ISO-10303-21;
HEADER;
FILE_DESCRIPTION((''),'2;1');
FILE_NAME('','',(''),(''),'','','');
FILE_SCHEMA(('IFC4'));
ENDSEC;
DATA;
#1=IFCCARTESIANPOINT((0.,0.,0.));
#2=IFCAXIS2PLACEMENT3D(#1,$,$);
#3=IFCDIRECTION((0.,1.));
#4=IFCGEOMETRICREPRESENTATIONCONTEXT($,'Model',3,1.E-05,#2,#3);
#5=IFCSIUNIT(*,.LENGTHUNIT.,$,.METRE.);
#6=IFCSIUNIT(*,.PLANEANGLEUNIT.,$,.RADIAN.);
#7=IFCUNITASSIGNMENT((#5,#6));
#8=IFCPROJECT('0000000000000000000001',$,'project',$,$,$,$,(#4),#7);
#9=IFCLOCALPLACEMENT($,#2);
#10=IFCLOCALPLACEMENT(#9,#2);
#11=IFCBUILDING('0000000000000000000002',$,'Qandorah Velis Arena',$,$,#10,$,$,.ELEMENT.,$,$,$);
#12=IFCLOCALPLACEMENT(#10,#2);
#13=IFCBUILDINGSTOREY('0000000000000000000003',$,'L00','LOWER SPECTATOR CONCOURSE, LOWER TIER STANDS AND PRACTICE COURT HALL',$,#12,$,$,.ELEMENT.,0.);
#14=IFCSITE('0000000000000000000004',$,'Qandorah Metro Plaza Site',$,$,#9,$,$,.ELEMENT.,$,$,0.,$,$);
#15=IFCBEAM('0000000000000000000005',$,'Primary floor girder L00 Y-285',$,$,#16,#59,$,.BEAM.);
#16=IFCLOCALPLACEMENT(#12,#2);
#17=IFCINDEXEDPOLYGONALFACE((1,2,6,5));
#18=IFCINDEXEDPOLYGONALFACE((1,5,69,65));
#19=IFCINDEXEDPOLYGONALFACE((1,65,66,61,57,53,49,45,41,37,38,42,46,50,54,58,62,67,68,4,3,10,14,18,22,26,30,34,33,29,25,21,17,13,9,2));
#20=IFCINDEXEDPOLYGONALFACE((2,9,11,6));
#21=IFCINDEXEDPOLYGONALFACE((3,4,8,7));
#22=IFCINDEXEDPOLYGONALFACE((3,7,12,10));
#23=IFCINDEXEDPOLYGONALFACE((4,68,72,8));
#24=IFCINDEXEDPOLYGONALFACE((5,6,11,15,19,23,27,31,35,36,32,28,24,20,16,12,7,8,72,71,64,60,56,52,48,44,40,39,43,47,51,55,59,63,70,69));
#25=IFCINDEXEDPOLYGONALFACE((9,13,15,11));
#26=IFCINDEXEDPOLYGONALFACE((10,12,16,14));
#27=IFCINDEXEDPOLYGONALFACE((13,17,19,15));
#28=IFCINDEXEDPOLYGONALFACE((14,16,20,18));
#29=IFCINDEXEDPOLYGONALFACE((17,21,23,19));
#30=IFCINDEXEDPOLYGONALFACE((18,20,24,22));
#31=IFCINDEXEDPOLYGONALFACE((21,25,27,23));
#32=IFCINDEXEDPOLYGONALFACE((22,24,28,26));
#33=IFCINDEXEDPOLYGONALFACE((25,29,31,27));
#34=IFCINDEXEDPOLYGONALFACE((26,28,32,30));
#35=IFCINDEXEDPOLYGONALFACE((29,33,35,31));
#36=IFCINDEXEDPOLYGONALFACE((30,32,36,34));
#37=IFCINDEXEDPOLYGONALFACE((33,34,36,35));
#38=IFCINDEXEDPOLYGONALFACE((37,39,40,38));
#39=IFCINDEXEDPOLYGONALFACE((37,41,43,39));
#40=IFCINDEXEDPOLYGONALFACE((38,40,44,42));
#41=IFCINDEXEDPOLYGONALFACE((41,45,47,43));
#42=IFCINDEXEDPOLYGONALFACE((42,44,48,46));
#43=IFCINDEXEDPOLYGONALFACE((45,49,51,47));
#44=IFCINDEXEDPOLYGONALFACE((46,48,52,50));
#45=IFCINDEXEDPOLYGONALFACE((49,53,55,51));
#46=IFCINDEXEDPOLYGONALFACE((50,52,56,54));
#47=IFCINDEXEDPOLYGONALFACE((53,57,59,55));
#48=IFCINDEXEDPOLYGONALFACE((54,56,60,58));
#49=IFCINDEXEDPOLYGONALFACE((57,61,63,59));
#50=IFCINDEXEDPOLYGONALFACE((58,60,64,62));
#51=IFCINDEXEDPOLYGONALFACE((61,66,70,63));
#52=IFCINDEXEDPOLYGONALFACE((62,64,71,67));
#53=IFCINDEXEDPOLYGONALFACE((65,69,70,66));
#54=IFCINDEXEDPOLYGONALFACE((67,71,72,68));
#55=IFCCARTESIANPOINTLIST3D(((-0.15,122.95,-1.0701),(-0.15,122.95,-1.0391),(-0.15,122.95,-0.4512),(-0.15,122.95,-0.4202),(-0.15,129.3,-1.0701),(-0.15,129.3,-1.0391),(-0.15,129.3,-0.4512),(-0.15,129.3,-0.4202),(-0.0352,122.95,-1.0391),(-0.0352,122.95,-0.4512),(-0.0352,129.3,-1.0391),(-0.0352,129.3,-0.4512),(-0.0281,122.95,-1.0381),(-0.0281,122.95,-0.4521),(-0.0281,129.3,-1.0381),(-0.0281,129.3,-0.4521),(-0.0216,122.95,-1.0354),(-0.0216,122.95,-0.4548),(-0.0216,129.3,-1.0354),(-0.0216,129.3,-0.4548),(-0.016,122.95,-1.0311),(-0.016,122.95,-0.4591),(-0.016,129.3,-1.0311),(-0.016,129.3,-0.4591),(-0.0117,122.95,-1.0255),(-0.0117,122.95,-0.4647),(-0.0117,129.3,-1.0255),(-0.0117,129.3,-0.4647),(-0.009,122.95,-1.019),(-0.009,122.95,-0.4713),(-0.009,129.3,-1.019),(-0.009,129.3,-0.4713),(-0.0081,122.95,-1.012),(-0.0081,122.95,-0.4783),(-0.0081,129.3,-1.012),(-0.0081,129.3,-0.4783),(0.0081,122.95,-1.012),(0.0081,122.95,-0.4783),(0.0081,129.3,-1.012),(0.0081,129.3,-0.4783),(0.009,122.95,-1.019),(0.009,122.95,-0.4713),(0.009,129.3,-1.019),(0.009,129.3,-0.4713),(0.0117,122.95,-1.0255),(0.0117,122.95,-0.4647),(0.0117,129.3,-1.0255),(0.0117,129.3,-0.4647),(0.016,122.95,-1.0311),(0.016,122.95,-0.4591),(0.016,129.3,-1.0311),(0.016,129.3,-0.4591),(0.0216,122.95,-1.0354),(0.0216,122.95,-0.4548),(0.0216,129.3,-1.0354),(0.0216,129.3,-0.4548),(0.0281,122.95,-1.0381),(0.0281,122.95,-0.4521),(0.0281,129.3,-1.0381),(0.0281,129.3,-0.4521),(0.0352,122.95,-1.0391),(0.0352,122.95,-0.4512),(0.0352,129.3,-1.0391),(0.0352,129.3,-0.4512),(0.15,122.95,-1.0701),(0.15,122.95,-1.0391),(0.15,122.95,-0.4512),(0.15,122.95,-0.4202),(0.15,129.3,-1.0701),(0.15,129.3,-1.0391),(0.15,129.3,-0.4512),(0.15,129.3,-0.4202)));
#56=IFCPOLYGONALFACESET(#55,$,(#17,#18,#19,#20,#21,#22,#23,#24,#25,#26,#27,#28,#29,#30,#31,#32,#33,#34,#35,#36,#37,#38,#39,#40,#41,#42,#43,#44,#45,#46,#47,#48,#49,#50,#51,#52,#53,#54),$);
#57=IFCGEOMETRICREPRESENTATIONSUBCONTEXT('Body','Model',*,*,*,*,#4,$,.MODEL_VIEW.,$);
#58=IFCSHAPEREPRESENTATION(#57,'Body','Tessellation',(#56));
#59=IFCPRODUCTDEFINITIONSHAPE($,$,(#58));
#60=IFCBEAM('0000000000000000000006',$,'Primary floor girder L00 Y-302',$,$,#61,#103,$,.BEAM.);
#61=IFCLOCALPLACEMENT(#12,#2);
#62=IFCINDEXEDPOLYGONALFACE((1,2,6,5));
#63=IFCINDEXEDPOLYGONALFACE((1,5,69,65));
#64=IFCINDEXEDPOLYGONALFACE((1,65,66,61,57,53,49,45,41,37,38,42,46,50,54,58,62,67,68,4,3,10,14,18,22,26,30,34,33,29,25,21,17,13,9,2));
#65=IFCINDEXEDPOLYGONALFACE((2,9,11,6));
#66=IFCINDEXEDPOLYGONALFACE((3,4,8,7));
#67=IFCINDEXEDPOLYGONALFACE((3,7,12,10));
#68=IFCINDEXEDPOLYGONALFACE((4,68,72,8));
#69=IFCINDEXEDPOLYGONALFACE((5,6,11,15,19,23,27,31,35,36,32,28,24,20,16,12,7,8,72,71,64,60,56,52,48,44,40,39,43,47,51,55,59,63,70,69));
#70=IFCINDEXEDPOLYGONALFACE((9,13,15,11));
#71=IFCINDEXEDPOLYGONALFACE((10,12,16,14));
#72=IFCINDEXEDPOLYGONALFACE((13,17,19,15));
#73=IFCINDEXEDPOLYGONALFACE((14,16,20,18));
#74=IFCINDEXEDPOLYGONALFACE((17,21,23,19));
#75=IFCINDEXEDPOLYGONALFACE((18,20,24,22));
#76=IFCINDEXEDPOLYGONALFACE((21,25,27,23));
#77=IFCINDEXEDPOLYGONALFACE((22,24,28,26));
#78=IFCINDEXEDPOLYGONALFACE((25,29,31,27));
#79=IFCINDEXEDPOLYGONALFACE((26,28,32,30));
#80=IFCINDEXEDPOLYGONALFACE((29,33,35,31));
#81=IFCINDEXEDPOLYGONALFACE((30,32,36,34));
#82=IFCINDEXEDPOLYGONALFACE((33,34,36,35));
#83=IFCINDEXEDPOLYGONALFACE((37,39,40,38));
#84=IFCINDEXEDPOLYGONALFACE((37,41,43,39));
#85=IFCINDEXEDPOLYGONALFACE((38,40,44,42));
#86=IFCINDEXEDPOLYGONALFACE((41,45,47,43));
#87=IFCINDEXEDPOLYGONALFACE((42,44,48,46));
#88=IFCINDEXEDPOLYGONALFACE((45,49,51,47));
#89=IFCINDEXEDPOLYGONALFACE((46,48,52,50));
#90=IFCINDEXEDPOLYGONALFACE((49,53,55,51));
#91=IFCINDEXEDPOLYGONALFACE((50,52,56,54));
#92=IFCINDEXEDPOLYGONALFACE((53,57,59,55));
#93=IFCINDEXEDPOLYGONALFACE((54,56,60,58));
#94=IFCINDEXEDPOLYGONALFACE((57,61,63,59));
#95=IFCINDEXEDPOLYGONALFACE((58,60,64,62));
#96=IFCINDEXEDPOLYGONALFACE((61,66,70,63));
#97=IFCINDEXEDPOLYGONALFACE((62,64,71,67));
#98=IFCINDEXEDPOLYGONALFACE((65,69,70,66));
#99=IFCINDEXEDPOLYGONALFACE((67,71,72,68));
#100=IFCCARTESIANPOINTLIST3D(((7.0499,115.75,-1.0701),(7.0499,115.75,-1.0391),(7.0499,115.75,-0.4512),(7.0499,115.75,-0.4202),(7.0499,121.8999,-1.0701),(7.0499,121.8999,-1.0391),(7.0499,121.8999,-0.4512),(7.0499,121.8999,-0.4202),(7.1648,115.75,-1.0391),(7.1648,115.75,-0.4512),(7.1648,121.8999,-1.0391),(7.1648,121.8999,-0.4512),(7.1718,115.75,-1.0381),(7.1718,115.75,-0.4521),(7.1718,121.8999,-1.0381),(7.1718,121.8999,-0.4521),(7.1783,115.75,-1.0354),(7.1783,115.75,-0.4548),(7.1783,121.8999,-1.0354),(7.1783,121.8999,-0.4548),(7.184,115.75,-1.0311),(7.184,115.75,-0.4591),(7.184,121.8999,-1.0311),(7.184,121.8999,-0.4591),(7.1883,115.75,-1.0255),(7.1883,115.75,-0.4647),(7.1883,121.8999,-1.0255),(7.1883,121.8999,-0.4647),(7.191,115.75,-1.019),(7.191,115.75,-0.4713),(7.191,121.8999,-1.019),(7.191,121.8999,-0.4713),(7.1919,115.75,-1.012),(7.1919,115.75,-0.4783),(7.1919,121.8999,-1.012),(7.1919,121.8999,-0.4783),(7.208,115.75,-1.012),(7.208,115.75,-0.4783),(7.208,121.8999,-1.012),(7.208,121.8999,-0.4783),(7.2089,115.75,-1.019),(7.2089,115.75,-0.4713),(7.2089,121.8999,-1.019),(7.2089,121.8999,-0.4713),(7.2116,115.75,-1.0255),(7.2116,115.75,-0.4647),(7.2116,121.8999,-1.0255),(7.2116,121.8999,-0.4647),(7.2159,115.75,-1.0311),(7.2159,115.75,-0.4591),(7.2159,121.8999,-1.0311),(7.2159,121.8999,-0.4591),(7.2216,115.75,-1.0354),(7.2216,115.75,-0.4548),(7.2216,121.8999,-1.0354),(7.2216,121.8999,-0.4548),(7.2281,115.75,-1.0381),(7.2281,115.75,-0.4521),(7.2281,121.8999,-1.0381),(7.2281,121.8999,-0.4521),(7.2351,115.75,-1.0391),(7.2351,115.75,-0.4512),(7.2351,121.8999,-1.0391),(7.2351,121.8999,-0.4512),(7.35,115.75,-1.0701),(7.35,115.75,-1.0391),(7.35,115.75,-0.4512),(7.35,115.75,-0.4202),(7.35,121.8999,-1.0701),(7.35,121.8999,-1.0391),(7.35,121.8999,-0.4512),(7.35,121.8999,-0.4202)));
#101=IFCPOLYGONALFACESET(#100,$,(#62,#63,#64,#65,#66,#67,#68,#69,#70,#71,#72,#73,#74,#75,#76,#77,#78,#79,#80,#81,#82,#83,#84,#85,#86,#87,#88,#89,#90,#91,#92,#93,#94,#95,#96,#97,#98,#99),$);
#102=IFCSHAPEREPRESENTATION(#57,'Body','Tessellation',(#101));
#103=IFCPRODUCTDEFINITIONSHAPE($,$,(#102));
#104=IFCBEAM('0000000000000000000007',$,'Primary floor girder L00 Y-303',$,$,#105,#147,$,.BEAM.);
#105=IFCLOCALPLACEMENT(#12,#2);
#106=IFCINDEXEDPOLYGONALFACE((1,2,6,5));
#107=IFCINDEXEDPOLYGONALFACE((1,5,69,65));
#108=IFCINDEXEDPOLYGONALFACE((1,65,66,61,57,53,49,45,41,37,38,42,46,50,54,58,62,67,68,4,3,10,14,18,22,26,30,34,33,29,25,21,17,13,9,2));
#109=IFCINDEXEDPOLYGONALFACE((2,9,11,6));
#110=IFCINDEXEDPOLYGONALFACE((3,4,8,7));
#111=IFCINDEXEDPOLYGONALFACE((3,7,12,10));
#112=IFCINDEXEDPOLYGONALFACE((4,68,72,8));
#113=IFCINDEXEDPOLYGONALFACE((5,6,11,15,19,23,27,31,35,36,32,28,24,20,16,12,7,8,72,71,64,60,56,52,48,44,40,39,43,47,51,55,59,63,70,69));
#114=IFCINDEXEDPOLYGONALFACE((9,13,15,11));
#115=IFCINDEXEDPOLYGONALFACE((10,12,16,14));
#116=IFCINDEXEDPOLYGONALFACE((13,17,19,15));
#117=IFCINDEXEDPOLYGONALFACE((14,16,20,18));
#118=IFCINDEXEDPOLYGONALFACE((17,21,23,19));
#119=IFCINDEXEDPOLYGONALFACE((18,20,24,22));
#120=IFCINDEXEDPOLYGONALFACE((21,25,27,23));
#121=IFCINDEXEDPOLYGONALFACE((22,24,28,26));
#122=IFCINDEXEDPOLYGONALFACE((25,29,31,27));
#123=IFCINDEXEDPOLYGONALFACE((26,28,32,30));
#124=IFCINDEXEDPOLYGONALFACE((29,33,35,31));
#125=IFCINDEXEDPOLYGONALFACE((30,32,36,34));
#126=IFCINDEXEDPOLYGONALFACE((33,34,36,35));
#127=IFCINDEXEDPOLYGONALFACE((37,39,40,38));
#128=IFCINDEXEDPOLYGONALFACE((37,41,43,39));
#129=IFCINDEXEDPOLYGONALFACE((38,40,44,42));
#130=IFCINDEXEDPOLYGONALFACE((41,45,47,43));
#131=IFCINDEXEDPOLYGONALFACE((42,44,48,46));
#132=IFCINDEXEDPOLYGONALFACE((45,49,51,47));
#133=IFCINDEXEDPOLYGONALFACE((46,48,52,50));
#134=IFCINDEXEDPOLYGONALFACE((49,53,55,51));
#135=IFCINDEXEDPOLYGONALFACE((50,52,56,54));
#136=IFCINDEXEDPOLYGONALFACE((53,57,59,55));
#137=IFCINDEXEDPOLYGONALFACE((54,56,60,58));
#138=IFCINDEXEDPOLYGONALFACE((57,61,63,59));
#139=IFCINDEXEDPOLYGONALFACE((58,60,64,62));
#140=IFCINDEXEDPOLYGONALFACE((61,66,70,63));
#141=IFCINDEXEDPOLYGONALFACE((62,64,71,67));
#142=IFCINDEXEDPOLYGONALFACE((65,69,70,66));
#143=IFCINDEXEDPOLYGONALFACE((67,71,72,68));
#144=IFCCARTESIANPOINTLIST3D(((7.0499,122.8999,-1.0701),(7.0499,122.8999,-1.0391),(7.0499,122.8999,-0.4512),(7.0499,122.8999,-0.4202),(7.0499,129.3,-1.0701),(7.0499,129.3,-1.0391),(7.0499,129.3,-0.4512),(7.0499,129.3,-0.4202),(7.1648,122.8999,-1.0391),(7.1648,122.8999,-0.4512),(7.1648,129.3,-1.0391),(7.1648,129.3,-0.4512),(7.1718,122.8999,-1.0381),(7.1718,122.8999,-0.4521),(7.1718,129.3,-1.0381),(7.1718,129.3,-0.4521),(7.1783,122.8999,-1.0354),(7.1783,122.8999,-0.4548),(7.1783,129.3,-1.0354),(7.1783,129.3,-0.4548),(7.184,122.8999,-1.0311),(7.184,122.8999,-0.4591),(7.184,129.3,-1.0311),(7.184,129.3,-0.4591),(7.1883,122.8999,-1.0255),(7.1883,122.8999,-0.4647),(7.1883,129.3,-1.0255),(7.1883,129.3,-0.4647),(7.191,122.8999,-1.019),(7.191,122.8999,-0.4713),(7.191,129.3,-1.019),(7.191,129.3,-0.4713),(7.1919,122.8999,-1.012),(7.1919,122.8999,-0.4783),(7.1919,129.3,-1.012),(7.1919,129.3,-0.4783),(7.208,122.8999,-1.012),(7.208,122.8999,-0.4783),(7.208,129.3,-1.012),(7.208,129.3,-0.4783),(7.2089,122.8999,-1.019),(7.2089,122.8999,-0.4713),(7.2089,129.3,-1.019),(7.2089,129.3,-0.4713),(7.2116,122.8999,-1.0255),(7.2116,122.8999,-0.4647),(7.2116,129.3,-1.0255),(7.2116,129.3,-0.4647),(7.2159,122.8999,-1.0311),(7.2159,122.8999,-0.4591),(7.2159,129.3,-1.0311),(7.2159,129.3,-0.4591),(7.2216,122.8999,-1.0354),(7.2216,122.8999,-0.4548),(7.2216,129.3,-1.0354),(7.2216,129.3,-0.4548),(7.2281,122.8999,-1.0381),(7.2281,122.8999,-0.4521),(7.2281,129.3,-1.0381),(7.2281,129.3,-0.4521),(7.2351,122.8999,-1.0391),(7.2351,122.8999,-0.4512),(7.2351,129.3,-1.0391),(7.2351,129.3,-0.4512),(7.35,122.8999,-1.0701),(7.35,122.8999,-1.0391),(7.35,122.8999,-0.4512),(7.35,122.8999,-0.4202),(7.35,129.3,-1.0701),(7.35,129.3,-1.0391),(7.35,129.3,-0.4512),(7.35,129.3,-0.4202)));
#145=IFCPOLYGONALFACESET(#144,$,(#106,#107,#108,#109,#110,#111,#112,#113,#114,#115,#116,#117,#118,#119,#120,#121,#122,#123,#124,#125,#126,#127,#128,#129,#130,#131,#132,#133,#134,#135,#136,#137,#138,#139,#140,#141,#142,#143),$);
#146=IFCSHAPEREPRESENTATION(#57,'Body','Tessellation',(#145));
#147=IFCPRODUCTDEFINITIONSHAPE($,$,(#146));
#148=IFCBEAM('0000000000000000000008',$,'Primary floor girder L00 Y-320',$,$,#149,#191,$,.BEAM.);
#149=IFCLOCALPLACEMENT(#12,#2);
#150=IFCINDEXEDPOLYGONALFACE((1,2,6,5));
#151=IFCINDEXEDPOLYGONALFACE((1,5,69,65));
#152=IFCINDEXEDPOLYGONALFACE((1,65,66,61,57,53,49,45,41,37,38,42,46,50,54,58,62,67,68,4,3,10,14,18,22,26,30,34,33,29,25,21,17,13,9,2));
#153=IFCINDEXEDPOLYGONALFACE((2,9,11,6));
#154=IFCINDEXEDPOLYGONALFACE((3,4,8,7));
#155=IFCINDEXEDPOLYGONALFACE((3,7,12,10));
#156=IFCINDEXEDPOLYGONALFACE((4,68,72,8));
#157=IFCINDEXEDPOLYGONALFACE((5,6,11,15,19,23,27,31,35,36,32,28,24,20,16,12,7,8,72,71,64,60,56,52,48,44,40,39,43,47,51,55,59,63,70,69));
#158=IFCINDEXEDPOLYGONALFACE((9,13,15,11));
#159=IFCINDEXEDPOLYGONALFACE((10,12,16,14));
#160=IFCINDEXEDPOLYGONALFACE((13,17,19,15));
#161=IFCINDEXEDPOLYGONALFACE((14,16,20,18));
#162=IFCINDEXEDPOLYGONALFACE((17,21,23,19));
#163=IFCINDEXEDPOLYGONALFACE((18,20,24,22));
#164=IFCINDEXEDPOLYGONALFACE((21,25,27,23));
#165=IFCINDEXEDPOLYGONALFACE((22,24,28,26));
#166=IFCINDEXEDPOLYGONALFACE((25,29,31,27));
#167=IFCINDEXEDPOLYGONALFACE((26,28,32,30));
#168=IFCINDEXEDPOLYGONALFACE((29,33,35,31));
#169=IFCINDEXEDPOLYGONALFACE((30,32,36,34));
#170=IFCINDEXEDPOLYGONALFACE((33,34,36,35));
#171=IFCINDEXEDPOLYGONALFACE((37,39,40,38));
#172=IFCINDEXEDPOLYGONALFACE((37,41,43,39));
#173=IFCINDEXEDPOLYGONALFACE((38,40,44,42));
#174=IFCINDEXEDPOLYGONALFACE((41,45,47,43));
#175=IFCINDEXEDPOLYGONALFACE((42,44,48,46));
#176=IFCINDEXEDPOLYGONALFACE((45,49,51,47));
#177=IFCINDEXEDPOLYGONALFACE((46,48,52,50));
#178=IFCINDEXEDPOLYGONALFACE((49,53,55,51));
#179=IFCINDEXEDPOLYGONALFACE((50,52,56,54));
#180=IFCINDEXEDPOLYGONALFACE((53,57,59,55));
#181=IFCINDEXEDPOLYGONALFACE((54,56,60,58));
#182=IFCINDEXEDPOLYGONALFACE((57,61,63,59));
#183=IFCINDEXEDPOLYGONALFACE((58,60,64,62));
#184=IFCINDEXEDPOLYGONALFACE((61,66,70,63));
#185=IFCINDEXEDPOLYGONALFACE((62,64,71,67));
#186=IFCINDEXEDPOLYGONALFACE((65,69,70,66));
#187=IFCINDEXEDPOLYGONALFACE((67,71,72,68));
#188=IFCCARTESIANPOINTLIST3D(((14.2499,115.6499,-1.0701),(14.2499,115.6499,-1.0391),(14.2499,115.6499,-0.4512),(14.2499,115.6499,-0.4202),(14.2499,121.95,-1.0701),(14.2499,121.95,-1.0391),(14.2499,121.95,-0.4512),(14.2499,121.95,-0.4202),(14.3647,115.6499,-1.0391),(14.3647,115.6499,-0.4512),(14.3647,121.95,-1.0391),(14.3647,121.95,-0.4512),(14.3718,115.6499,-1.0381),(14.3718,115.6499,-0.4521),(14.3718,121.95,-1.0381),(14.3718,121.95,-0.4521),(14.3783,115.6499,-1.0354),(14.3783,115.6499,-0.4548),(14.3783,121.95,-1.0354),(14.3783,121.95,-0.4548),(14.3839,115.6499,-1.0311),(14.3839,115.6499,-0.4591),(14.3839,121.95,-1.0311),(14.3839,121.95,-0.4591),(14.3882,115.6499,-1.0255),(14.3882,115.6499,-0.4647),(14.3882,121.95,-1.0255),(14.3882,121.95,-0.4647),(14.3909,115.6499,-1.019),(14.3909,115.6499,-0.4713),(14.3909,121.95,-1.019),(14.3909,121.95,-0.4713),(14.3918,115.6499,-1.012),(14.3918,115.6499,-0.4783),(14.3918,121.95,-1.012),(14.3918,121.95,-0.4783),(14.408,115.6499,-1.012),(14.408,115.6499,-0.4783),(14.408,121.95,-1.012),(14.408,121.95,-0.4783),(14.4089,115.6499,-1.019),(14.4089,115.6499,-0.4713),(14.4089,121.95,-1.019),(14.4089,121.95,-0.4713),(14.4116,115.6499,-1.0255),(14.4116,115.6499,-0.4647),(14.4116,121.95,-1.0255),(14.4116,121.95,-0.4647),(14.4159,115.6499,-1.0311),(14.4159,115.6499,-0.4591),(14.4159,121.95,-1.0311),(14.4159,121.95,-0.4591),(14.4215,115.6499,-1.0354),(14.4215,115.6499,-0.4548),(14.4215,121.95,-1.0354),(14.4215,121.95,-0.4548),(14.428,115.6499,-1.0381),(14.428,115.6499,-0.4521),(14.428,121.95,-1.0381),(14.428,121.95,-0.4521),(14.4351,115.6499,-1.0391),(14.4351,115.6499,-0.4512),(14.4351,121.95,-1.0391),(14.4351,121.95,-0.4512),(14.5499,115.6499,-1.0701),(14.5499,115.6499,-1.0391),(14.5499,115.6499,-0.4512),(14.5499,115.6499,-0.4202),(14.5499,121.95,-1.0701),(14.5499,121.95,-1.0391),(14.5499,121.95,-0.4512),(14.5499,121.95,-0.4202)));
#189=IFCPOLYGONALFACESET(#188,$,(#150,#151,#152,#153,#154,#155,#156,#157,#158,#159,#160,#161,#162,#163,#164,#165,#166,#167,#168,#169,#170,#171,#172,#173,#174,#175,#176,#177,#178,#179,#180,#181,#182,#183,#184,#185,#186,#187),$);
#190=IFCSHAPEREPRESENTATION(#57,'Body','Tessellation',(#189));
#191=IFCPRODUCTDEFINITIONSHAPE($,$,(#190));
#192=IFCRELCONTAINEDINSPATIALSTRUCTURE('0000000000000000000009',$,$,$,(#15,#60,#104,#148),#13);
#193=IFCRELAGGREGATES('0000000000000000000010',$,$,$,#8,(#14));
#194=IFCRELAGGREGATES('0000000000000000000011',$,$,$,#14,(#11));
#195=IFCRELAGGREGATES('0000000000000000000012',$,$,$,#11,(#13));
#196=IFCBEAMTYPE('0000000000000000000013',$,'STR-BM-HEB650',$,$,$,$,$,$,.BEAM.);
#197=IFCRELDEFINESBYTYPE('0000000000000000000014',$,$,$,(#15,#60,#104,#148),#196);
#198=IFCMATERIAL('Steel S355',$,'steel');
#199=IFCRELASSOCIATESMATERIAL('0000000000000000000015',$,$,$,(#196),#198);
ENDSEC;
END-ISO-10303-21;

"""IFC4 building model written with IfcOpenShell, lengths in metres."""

from ifc_helpers import new_model, si_unit, direction, frame, origin, origin_2d, place, context, subcontext, project, spatial, i_section, extrude, material, material_profile, profile_set, type_object, element, save


model = new_model("IFC4")

# Units and contexts
model_context = context("Model", 3, precision=1e-05, world=origin(), true_north=direction((0.0, 1.0)))
body_context = subcontext(model_context, "Body", "Model", "MODEL_VIEW")
ifc_project = project(units=[si_unit("LENGTHUNIT", "METRE"), si_unit("PLANEANGLEUNIT", "RADIAN")], contexts=[model_context])

# Site, building, storey
site_placement = place(None, origin())
site = spatial("IfcSite", under=ifc_project, at=site_placement, Name="Qandorah Metro Plaza Site", CompositionType="ELEMENT", RefElevation=0.0)
building_placement = place(site_placement, origin())
building = spatial("IfcBuilding", under=site, at=building_placement, Name="Qandorah Velis Arena", CompositionType="ELEMENT")
storey_placement = place(building_placement, origin())
storey = spatial("IfcBuildingStorey", under=building, at=storey_placement, Name="L00", Description="LOWER SPECTATOR CONCOURSE, LOWER TIER STANDS AND PRACTICE COURT HALL", CompositionType="ELEMENT", Elevation=0.0)

# Beams
ifc_material_1 = material(Name="Steel S355", Category="steel")
ifc_material_profile_1 = material_profile(ifc_material_1, i_section(OverallWidth=0.3, OverallDepth=0.6499, WebThickness=0.0161, FlangeThickness=0.031, FilletRadius=0.0271, at=origin_2d()), Name="HEB 650")
ifc_profile_set_1 = profile_set([ifc_material_profile_1], Name="Steel S355")
beam_type_1 = type_object("IfcBeamType", Name="STR-BM-HEB650", PredefinedType="BEAM", material=ifc_profile_set_1)
beam_1_placement = place(storey_placement, frame((0.0, 122.95, -0.7451), z_axis=(0.0, 1.0, 0.0), x_axis=(-1.0, 0.0, 0.0)))
element("IfcBeam", 1, at=beam_1_placement, inside=storey, type_object=beam_type_1, Name="Primary floor girder L00 Y-285", PredefinedType="BEAM", context=body_context, shape_type="SweptSolid", body=[
    extrude(i_section(OverallWidth=0.3, OverallDepth=0.6499, WebThickness=0.0161, FlangeThickness=0.031, FilletRadius=0.0271, at=origin_2d()), origin(), (0.0, 0.0, 1.0), 6.3501),
])
beam_2_placement = place(storey_placement, frame((7.2, 115.75, -0.7451), z_axis=(0.0, 1.0, 0.0), x_axis=(-1.0, 0.0, 0.0)))
element("IfcBeam", 2, at=beam_2_placement, inside=storey, type_object=beam_type_1, Name="Primary floor girder L00 Y-302", PredefinedType="BEAM", context=body_context, shape_type="SweptSolid", body=[
    extrude(i_section(OverallWidth=0.3, OverallDepth=0.6499, WebThickness=0.0161, FlangeThickness=0.031, FilletRadius=0.0271, at=origin_2d()), origin(), (0.0, 0.0, 1.0), 6.1499),
])
beam_3_placement = place(storey_placement, frame((7.2, 122.8999, -0.7451), z_axis=(0.0, 1.0, 0.0), x_axis=(-1.0, 0.0, 0.0)))
element("IfcBeam", 3, at=beam_3_placement, inside=storey, type_object=beam_type_1, Name="Primary floor girder L00 Y-303", PredefinedType="BEAM", context=body_context, shape_type="SweptSolid", body=[
    extrude(i_section(OverallWidth=0.3, OverallDepth=0.6499, WebThickness=0.0161, FlangeThickness=0.031, FilletRadius=0.0271, at=origin_2d()), origin(), (0.0, 0.0, 1.0), 6.4001),
])
beam_4_placement = place(storey_placement, frame((14.3999, 115.6499, -0.7451), z_axis=(0.0, 1.0, 0.0), x_axis=(-1.0, 0.0, 0.0)))
element("IfcBeam", 4, at=beam_4_placement, inside=storey, type_object=beam_type_1, Name="Primary floor girder L00 Y-320", PredefinedType="BEAM", context=body_context, shape_type="SweptSolid", body=[
    extrude(i_section(OverallWidth=0.3, OverallDepth=0.6499, WebThickness=0.0161, FlangeThickness=0.031, FilletRadius=0.0271, at=origin_2d()), origin(), (0.0, 0.0, 1.0), 6.3),
])

save(model, "model.ifc")
